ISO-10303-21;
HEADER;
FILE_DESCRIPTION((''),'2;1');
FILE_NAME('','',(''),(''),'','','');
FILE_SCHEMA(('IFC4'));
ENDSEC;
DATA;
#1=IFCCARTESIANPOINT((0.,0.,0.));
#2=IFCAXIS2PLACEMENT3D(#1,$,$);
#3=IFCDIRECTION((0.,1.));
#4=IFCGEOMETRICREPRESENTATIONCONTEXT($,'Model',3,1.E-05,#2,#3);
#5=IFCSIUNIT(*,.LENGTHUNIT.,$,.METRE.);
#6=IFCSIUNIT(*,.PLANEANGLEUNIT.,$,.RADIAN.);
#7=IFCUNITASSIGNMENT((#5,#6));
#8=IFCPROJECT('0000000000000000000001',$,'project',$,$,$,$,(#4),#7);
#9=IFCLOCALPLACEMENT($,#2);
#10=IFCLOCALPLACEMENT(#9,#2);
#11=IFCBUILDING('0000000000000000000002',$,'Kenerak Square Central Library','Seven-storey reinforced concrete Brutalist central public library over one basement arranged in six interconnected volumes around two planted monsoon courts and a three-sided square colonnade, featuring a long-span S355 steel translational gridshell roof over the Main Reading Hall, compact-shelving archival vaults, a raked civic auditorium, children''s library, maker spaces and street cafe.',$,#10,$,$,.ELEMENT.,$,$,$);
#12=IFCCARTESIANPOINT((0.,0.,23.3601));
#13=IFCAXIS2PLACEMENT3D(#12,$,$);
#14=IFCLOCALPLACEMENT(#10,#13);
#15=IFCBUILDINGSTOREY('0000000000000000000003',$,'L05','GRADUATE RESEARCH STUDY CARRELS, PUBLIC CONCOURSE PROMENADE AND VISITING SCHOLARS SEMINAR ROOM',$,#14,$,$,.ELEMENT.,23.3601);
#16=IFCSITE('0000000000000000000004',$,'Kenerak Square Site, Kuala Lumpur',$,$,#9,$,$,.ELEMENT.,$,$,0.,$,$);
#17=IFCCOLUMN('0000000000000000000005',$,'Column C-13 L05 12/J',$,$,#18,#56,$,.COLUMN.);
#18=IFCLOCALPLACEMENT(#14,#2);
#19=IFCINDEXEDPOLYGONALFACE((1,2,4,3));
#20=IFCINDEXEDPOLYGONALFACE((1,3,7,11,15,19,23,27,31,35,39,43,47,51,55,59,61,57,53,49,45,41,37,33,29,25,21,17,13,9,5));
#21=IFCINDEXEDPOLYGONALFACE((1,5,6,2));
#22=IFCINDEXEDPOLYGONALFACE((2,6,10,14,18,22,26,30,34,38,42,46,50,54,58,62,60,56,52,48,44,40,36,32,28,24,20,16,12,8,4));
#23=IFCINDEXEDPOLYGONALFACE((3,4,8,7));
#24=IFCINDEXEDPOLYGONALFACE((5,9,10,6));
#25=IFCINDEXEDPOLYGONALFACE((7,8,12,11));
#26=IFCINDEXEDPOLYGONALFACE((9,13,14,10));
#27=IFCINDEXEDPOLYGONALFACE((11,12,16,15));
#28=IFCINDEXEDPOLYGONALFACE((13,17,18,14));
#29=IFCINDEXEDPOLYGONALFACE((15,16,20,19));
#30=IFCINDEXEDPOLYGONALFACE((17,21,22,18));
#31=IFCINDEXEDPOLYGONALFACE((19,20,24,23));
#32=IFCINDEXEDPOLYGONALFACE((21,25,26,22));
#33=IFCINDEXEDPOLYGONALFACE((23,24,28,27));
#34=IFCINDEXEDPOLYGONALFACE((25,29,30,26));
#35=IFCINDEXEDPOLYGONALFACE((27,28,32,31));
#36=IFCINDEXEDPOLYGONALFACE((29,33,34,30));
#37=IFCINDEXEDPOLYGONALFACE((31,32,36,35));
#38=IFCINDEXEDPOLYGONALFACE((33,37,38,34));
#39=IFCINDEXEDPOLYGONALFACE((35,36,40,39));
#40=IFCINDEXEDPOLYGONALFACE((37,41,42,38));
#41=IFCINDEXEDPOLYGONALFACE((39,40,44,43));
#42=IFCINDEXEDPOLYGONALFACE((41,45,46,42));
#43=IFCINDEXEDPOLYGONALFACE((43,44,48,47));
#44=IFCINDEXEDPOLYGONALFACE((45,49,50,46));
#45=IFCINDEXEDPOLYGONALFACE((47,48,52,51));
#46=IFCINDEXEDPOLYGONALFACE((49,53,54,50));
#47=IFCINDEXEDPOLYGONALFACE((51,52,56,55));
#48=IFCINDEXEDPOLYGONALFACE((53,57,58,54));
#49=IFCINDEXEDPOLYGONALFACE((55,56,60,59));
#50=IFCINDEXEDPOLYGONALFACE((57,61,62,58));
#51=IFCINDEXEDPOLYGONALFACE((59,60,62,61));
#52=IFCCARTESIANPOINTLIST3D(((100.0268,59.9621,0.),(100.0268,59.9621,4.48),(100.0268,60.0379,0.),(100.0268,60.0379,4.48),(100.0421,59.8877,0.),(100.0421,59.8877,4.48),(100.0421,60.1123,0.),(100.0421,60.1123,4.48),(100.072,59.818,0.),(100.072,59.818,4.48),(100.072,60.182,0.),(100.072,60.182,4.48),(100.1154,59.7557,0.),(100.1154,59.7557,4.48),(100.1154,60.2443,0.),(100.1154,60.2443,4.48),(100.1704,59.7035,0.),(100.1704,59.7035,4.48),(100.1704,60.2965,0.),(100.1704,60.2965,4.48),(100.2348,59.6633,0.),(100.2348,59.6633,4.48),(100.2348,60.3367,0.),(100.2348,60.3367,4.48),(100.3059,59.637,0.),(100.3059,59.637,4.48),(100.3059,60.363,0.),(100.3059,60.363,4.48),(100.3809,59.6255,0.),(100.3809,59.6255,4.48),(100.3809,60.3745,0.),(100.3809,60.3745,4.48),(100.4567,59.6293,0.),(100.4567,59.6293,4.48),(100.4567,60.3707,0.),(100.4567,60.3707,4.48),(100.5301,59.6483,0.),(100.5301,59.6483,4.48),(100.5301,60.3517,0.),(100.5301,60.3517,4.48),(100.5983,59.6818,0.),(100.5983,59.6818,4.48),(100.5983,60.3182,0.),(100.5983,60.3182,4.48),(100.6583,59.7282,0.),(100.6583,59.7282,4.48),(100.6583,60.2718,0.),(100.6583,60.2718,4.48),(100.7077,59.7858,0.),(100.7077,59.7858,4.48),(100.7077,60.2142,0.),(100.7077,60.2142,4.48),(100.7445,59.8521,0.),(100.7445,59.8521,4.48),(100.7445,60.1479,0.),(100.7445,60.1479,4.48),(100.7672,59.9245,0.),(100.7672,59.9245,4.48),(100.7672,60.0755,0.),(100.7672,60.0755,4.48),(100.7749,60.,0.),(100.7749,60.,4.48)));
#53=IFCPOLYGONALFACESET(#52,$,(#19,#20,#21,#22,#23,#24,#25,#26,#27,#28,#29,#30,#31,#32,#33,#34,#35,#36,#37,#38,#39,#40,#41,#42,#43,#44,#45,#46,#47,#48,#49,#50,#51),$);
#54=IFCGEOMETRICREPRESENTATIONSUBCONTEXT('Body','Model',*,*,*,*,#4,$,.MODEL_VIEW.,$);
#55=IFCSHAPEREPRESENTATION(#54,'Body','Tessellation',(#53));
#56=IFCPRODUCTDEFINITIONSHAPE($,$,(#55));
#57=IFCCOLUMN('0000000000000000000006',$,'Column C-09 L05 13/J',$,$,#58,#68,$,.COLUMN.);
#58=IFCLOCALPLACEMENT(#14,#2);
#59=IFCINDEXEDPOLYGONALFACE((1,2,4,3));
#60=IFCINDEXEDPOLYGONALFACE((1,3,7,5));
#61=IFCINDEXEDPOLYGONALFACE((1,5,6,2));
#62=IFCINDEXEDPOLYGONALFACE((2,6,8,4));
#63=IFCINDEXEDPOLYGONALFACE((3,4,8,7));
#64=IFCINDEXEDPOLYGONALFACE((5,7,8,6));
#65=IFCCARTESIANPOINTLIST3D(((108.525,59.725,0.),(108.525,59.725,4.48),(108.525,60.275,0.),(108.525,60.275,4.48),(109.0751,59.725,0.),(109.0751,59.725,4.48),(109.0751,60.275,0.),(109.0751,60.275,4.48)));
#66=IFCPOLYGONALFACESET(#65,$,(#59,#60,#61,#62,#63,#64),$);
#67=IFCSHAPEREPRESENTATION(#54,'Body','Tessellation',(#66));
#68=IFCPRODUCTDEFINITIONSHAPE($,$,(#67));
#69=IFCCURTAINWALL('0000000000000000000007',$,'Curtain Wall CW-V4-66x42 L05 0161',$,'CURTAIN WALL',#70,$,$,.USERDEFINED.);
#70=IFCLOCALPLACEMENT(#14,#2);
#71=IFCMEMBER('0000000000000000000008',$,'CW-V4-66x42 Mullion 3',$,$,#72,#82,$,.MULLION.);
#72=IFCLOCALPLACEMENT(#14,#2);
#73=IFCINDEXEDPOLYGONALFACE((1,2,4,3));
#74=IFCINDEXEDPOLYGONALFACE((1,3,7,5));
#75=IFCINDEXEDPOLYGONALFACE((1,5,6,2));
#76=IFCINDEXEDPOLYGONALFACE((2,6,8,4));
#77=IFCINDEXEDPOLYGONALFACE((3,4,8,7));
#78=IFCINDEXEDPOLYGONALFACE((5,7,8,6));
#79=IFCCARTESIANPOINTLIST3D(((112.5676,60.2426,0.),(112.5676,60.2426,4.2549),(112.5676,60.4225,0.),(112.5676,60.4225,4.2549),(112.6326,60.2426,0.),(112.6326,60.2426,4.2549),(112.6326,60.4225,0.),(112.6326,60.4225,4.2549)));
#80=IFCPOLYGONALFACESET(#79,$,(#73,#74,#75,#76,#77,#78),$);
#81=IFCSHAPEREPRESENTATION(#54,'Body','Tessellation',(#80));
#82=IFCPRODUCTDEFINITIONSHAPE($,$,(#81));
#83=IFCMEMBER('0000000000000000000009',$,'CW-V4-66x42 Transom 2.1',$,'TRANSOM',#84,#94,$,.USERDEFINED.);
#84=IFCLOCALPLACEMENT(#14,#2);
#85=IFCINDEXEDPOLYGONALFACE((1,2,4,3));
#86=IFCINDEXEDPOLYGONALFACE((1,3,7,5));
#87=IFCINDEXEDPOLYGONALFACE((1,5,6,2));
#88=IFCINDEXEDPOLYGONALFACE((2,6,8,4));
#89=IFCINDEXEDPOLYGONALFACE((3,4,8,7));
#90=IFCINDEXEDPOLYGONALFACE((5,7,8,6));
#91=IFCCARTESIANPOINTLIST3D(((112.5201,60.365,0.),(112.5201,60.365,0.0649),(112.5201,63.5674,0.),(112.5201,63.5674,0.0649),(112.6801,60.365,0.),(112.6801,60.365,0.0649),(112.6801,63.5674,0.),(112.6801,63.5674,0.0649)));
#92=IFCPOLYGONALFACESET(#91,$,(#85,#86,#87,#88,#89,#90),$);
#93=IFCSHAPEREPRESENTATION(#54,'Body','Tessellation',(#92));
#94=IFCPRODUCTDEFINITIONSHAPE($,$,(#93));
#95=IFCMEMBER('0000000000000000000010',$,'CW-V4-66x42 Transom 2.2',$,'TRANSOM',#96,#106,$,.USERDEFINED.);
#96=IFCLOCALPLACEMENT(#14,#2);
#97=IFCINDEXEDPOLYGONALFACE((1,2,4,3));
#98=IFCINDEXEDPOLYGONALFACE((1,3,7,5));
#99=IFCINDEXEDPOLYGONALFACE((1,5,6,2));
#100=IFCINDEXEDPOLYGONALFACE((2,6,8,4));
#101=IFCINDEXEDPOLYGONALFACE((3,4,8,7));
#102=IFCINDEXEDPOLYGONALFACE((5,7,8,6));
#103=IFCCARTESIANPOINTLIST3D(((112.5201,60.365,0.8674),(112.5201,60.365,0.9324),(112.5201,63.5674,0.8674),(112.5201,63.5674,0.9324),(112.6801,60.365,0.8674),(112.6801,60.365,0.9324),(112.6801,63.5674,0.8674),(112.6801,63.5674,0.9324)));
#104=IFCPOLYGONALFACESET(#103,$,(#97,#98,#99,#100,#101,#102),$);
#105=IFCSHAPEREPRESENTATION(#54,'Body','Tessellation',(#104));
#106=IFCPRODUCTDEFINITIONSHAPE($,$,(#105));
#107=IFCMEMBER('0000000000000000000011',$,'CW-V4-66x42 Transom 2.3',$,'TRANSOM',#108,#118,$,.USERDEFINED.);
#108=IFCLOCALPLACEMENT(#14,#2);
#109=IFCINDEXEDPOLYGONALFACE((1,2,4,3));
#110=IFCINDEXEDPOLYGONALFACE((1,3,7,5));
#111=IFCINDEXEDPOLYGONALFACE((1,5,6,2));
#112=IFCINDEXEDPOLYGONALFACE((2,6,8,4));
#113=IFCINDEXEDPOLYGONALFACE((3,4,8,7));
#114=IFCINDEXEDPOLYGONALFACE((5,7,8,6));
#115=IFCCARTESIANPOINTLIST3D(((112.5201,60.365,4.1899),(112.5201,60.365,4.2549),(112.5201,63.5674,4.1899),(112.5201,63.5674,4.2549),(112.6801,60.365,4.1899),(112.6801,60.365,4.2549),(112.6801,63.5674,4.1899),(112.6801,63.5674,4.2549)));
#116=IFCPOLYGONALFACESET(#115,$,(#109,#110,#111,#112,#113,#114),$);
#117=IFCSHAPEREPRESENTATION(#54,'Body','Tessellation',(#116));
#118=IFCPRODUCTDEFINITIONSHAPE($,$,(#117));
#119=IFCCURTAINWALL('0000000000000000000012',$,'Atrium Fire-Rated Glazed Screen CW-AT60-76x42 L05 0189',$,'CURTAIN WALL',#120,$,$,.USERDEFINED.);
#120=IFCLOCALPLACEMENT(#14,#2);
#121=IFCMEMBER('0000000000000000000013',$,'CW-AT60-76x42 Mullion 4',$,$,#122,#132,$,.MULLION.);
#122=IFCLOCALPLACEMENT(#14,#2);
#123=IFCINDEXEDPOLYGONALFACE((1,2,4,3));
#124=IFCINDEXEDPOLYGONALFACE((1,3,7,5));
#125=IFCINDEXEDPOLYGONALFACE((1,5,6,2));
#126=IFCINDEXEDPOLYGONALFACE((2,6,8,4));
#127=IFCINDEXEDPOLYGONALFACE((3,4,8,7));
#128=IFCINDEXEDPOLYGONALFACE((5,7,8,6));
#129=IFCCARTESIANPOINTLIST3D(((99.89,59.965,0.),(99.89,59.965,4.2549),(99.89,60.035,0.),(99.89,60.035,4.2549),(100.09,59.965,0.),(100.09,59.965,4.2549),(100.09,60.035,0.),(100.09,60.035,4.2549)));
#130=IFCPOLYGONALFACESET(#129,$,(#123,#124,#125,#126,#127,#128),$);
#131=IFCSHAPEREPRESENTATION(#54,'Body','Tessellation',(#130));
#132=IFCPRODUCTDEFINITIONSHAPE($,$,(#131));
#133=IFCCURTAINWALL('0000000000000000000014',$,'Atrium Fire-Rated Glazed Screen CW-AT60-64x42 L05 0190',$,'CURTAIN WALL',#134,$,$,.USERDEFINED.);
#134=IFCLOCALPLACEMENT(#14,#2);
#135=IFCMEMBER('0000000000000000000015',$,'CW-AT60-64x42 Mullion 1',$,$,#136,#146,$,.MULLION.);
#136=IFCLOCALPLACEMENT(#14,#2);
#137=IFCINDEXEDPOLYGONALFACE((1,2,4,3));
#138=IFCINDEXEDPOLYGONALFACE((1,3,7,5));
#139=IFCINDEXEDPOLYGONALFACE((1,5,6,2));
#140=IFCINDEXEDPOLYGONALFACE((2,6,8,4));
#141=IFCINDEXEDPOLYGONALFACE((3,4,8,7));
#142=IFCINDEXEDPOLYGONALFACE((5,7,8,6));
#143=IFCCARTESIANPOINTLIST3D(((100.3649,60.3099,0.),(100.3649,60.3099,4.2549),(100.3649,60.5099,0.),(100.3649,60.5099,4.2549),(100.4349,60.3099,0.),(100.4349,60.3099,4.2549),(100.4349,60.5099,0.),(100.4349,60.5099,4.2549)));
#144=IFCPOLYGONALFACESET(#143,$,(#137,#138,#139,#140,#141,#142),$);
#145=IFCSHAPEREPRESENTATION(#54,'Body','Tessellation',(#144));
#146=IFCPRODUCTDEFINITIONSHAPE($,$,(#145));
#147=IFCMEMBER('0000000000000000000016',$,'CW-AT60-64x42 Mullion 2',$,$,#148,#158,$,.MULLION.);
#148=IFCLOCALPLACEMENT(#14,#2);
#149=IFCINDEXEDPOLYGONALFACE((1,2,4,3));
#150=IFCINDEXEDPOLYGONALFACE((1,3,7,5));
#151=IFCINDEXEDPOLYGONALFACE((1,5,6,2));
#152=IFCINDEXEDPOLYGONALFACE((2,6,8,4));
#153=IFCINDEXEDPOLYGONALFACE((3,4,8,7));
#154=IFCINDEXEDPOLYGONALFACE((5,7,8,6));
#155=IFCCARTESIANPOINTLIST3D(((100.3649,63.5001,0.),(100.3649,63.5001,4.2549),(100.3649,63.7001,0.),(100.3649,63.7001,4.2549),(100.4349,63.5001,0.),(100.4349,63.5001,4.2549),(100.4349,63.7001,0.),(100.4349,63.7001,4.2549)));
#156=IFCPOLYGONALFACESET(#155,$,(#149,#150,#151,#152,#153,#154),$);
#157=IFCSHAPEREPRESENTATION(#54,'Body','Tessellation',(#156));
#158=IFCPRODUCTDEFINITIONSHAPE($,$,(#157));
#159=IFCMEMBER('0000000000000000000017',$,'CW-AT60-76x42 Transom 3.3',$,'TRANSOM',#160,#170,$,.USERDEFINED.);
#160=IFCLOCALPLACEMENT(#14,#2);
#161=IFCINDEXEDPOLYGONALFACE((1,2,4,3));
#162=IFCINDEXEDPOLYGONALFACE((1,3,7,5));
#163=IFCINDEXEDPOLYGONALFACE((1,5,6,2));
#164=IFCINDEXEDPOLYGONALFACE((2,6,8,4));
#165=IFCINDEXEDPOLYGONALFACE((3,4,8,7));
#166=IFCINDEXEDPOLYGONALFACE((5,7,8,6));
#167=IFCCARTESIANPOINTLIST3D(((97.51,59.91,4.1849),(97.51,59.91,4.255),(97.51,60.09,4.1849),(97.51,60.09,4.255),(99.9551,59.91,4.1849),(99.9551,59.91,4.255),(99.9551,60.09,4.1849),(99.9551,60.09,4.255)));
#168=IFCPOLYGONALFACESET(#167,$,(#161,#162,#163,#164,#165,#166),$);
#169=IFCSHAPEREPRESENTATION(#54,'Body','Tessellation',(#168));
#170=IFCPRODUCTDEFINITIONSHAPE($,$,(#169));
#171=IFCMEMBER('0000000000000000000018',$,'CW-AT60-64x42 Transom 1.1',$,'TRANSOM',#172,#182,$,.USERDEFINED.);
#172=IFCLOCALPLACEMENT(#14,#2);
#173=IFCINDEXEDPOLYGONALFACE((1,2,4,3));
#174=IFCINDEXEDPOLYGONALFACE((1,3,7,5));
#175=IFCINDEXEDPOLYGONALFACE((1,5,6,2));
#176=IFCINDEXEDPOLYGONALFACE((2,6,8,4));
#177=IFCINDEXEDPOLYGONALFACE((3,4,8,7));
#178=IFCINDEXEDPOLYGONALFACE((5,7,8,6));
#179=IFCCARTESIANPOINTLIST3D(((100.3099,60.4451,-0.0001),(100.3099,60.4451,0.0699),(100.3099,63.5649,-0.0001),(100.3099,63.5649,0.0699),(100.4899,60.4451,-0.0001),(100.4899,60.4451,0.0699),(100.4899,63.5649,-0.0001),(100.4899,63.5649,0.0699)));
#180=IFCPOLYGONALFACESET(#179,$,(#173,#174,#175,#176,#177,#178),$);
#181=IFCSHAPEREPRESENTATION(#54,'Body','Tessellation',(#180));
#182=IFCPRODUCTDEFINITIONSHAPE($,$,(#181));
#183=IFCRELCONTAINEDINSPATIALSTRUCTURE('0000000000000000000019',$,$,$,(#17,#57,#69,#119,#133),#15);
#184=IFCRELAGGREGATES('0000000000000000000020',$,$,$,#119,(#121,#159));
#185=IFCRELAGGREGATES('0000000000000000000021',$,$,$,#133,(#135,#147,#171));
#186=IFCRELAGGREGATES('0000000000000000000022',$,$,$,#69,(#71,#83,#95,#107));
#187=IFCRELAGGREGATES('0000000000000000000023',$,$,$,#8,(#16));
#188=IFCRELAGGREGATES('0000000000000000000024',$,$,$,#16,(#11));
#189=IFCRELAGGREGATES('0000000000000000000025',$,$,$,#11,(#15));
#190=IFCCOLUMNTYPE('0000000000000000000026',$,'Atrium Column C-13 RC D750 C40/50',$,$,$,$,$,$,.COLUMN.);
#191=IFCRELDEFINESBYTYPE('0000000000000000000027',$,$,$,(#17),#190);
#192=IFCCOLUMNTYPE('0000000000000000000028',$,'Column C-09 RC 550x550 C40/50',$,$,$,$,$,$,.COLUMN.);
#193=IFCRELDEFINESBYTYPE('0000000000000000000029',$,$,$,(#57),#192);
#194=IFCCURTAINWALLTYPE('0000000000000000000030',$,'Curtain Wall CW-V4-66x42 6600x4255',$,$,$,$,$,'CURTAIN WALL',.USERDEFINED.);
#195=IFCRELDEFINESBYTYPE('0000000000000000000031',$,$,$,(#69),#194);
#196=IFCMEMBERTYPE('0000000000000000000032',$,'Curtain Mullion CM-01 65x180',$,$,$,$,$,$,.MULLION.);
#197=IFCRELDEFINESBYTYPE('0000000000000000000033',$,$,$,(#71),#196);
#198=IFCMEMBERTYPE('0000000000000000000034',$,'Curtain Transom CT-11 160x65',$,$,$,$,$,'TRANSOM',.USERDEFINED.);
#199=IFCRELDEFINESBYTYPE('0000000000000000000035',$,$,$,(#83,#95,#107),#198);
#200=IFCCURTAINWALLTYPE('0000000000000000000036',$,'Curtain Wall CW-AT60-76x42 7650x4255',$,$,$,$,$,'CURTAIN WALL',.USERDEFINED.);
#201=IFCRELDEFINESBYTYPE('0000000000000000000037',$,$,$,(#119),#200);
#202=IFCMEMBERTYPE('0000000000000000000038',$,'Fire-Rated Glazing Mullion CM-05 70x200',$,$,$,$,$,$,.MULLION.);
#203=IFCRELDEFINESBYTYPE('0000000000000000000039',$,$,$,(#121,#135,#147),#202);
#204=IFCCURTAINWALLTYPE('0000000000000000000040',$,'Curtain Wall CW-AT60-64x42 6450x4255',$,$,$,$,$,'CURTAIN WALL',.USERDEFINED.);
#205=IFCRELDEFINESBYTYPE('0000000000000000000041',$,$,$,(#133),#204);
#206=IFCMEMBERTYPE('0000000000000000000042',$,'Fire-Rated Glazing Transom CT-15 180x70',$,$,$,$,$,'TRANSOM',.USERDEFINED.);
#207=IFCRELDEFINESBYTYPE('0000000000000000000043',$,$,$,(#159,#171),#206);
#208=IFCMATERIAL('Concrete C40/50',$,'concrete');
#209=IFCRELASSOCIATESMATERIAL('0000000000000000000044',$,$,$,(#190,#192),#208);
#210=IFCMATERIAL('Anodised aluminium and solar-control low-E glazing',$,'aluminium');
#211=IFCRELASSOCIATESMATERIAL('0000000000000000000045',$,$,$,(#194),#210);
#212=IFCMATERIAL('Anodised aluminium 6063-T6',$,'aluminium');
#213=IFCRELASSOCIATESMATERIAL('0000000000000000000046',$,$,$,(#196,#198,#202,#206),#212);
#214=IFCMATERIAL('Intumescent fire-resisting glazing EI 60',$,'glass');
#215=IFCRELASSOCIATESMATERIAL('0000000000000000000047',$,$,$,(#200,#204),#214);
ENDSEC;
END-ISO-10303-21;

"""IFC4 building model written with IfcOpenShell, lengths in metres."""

from ifc_helpers import new_model, si_unit, direction, frame, origin, origin_2d, place, context, subcontext, project, spatial, rectangle, circle, extrude, material, material_profile, profile_set, type_object, element, aggregate, save


model = new_model("IFC4")

# Units and contexts
model_context = context("Model", 3, precision=1e-05, world=origin(), true_north=direction((0.0, 1.0)))
body_context = subcontext(model_context, "Body", "Model", "MODEL_VIEW")
ifc_project = project(units=[si_unit("LENGTHUNIT", "METRE"), si_unit("PLANEANGLEUNIT", "RADIAN")], contexts=[model_context])

# Site, building, storey
site_placement = place(None, origin())
site = spatial("IfcSite", under=ifc_project, at=site_placement, Name="Kenerak Square Site, Kuala Lumpur", CompositionType="ELEMENT", RefElevation=0.0)
building_placement = place(site_placement, origin())
building = spatial("IfcBuilding", under=site, at=building_placement, Name="Kenerak Square Central Library", Description="Seven-storey reinforced concrete Brutalist central public library over one basement arranged in six interconnected volumes around two planted monsoon courts and a three-sided square colonnade, featuring a long-span S355 steel translational gridshell roof over the Main Reading Hall, compact-shelving archival vaults, a raked civic auditorium, children's library, maker spaces and street cafe.", CompositionType="ELEMENT")
storey_placement = place(building_placement, frame((0.0, 0.0, 23.3601)))
storey = spatial("IfcBuildingStorey", under=building, at=storey_placement, Name="L05", Description="GRADUATE RESEARCH STUDY CARRELS, PUBLIC CONCOURSE PROMENADE AND VISITING SCHOLARS SEMINAR ROOM", CompositionType="ELEMENT", Elevation=23.3601)

# Columns
ifc_material_1 = material(Name="Concrete C40/50", Category="concrete")
ifc_material_profile_1 = material_profile(ifc_material_1, circle(Radius=0.375, at=origin_2d()), Name="RC D750")
ifc_profile_set_1 = profile_set([ifc_material_profile_1], Name="Concrete C40/50")
column_type_1 = type_object("IfcColumnType", Name="Atrium Column C-13 RC D750 C40/50", PredefinedType="COLUMN", material=ifc_profile_set_1)
column_1_placement = place(storey_placement, frame((100.3999, 60.0, 0.0), z_axis=(0.0, 0.0, 1.0), x_axis=(1.0, 0.0, 0.0)))
element("IfcColumn", 1, at=column_1_placement, inside=storey, type_object=column_type_1, Name="Column C-13 L05 12/J", PredefinedType="COLUMN", context=body_context, shape_type="SweptSolid", body=[
    extrude(circle(Radius=0.375, at=origin_2d()), origin(), (0.0, 0.0, 1.0), 4.48),
])
ifc_material_profile_2 = material_profile(ifc_material_1, rectangle(XDim=0.55, YDim=0.55, at=origin_2d()), Name="RC 550x550")
ifc_profile_set_2 = profile_set([ifc_material_profile_2], Name="Concrete C40/50")
column_type_2 = type_object("IfcColumnType", Name="Column C-09 RC 550x550 C40/50", PredefinedType="COLUMN", material=ifc_profile_set_2)
column_2_placement = place(storey_placement, frame((108.8, 60.0, 0.0), z_axis=(0.0, 0.0, 1.0), x_axis=(1.0, 0.0, 0.0)))
element("IfcColumn", 2, at=column_2_placement, inside=storey, type_object=column_type_2, Name="Column C-09 L05 13/J", PredefinedType="COLUMN", context=body_context, shape_type="SweptSolid", body=[
    extrude(rectangle(XDim=0.55, YDim=0.55, at=origin_2d()), origin(), (0.0, 0.0, 1.0), 4.48),
])

# Curtain wall, members
ifc_material_2 = material(Name="Anodised aluminium and solar-control low-E glazing", Category="aluminium")
curtain_wall_type_1 = type_object("IfcCurtainWallType", Name="Curtain Wall CW-V4-66x42 6600x4255", ElementType="CURTAIN WALL", PredefinedType="USERDEFINED", material=ifc_material_2)
curtain_wall_1_placement = place(storey_placement, origin())
curtain_wall_1 = element("IfcCurtainWall", 3, at=curtain_wall_1_placement, inside=storey, type_object=curtain_wall_type_1, Name="Curtain Wall CW-V4-66x42 L05 0161", ObjectType="CURTAIN WALL", PredefinedType="USERDEFINED")
ifc_material_3 = material(Name="Anodised aluminium 6063-T6", Category="aluminium")
ifc_material_profile_3 = material_profile(ifc_material_3, rectangle(XDim=0.0649, YDim=0.1799, at=origin_2d()), Name="AL MULLION 65x180")
ifc_profile_set_3 = profile_set([ifc_material_profile_3], Name="Anodised aluminium 6063-T6")
member_type_1 = type_object("IfcMemberType", Name="Curtain Mullion CM-01 65x180", PredefinedType="MULLION", material=ifc_profile_set_3)
member_1_placement = place(storey_placement, frame((112.6001, 60.3325, 0.0), z_axis=(0.0, 0.0, 1.0), x_axis=(1.0, 0.0, 0.0)))
member_1 = element("IfcMember", 4, at=member_1_placement, type_object=member_type_1, Name="CW-V4-66x42 Mullion 3", PredefinedType="MULLION", context=body_context, shape_type="SweptSolid", body=[
    extrude(rectangle(XDim=0.0649, YDim=0.1799, at=origin_2d()), origin(), (0.0, 0.0, 1.0), 4.2549),
])
ifc_material_profile_4 = material_profile(ifc_material_3, rectangle(XDim=0.1599, YDim=0.0649, at=origin_2d()), Name="AL TRANSOM 160x65")
ifc_profile_set_4 = profile_set([ifc_material_profile_4], Name="Anodised aluminium 6063-T6")
member_type_2 = type_object("IfcMemberType", Name="Curtain Transom CT-11 160x65", ElementType="TRANSOM", PredefinedType="USERDEFINED", material=ifc_profile_set_4)
member_2_placement = place(storey_placement, frame((112.6001, 63.5674, 0.0325), z_axis=(0.0, -1.0, 0.0), x_axis=(1.0, 0.0, 0.0)))
member_2 = element("IfcMember", 5, at=member_2_placement, type_object=member_type_2, Name="CW-V4-66x42 Transom 2.1", ObjectType="TRANSOM", PredefinedType="USERDEFINED", context=body_context, shape_type="SweptSolid", body=[
    extrude(rectangle(XDim=0.1599, YDim=0.0649, at=origin_2d()), origin(), (0.0, 0.0, 1.0), 3.2024),
])
member_3_placement = place(storey_placement, frame((112.6001, 63.5674, 0.8999), z_axis=(0.0, -1.0, 0.0), x_axis=(1.0, 0.0, 0.0)))
member_3 = element("IfcMember", 6, at=member_3_placement, type_object=member_type_2, Name="CW-V4-66x42 Transom 2.2", ObjectType="TRANSOM", PredefinedType="USERDEFINED", context=body_context, shape_type="SweptSolid", body=[
    extrude(rectangle(XDim=0.1599, YDim=0.0649, at=origin_2d()), origin(), (0.0, 0.0, 1.0), 3.2024),
])
member_4_placement = place(storey_placement, frame((112.6001, 63.5674, 4.2224), z_axis=(0.0, -1.0, 0.0), x_axis=(1.0, 0.0, 0.0)))
member_4 = element("IfcMember", 7, at=member_4_placement, type_object=member_type_2, Name="CW-V4-66x42 Transom 2.3", ObjectType="TRANSOM", PredefinedType="USERDEFINED", context=body_context, shape_type="SweptSolid", body=[
    extrude(rectangle(XDim=0.1599, YDim=0.0649, at=origin_2d()), origin(), (0.0, 0.0, 1.0), 3.2024),
])

# Curtain wall, member
ifc_material_4 = material(Name="Intumescent fire-resisting glazing EI 60", Category="glass")
curtain_wall_type_2 = type_object("IfcCurtainWallType", Name="Curtain Wall CW-AT60-76x42 7650x4255", ElementType="CURTAIN WALL", PredefinedType="USERDEFINED", material=ifc_material_4)
curtain_wall_2_placement = place(storey_placement, origin())
curtain_wall_2 = element("IfcCurtainWall", 8, at=curtain_wall_2_placement, inside=storey, type_object=curtain_wall_type_2, Name="Atrium Fire-Rated Glazed Screen CW-AT60-76x42 L05 0189", ObjectType="CURTAIN WALL", PredefinedType="USERDEFINED")
ifc_material_profile_5 = material_profile(ifc_material_3, rectangle(XDim=0.0701, YDim=0.2, at=origin_2d()), Name="AL MULLION 70x200")
ifc_profile_set_5 = profile_set([ifc_material_profile_5], Name="Anodised aluminium 6063-T6")
member_type_3 = type_object("IfcMemberType", Name="Fire-Rated Glazing Mullion CM-05 70x200", PredefinedType="MULLION", material=ifc_profile_set_5)
member_5_placement = place(storey_placement, frame((99.99, 60.0, 0.0), z_axis=(0.0, 0.0, 1.0), x_axis=(0.0, 1.0, 0.0)))
member_5 = element("IfcMember", 9, at=member_5_placement, type_object=member_type_3, Name="CW-AT60-76x42 Mullion 4", PredefinedType="MULLION", context=body_context, shape_type="SweptSolid", body=[
    extrude(rectangle(XDim=0.0701, YDim=0.2, at=origin_2d()), origin(), (0.0, 0.0, 1.0), 4.2549),
])

# Curtain wall, members
curtain_wall_type_3 = type_object("IfcCurtainWallType", Name="Curtain Wall CW-AT60-64x42 6450x4255", ElementType="CURTAIN WALL", PredefinedType="USERDEFINED", material=ifc_material_4)
curtain_wall_3_placement = place(storey_placement, origin())
curtain_wall_3 = element("IfcCurtainWall", 10, at=curtain_wall_3_placement, inside=storey, type_object=curtain_wall_type_3, Name="Atrium Fire-Rated Glazed Screen CW-AT60-64x42 L05 0190", ObjectType="CURTAIN WALL", PredefinedType="USERDEFINED")
member_6_placement = place(storey_placement, frame((100.3999, 60.4099, 0.0), z_axis=(0.0, 0.0, 1.0), x_axis=(-1.0, 0.0, 0.0)))
member_6 = element("IfcMember", 11, at=member_6_placement, type_object=member_type_3, Name="CW-AT60-64x42 Mullion 1", PredefinedType="MULLION", context=body_context, shape_type="SweptSolid", body=[
    extrude(rectangle(XDim=0.0701, YDim=0.2, at=origin_2d()), origin(), (0.0, 0.0, 1.0), 4.2549),
])
member_7_placement = place(storey_placement, frame((100.3999, 63.6001, 0.0), z_axis=(0.0, 0.0, 1.0), x_axis=(-1.0, 0.0, 0.0)))
member_7 = element("IfcMember", 12, at=member_7_placement, type_object=member_type_3, Name="CW-AT60-64x42 Mullion 2", PredefinedType="MULLION", context=body_context, shape_type="SweptSolid", body=[
    extrude(rectangle(XDim=0.0701, YDim=0.2, at=origin_2d()), origin(), (0.0, 0.0, 1.0), 4.2549),
])

# Members
ifc_material_profile_6 = material_profile(ifc_material_3, rectangle(XDim=0.1799, YDim=0.0701, at=origin_2d()), Name="AL TRANSOM 180x70")
ifc_profile_set_6 = profile_set([ifc_material_profile_6], Name="Anodised aluminium 6063-T6")
member_type_4 = type_object("IfcMemberType", Name="Fire-Rated Glazing Transom CT-15 180x70", ElementType="TRANSOM", PredefinedType="USERDEFINED", material=ifc_profile_set_6)
member_8_placement = place(storey_placement, frame((97.51, 60.0, 4.22), z_axis=(1.0, 0.0, 0.0), x_axis=(0.0, 1.0, 0.0)))
member_8 = element("IfcMember", 13, at=member_8_placement, type_object=member_type_4, Name="CW-AT60-76x42 Transom 3.3", ObjectType="TRANSOM", PredefinedType="USERDEFINED", context=body_context, shape_type="SweptSolid", body=[
    extrude(rectangle(XDim=0.1799, YDim=0.0701, at=origin_2d()), origin(), (0.0, 0.0, 1.0), 2.4451),
])
member_9_placement = place(storey_placement, frame((100.3999, 60.4451, 0.0349), z_axis=(0.0, 1.0, 0.0), x_axis=(-1.0, 0.0, 0.0)))
member_9 = element("IfcMember", 14, at=member_9_placement, type_object=member_type_4, Name="CW-AT60-64x42 Transom 1.1", ObjectType="TRANSOM", PredefinedType="USERDEFINED", context=body_context, shape_type="SweptSolid", body=[
    extrude(rectangle(XDim=0.1799, YDim=0.0701, at=origin_2d()), origin(), (0.0, 0.0, 1.0), 3.1199),
])

aggregate(curtain_wall_2, [member_5, member_8])
aggregate(curtain_wall_3, [member_6, member_7, member_9])
aggregate(curtain_wall_1, [member_1, member_2, member_3, member_4])

save(model, "model.ifc")
